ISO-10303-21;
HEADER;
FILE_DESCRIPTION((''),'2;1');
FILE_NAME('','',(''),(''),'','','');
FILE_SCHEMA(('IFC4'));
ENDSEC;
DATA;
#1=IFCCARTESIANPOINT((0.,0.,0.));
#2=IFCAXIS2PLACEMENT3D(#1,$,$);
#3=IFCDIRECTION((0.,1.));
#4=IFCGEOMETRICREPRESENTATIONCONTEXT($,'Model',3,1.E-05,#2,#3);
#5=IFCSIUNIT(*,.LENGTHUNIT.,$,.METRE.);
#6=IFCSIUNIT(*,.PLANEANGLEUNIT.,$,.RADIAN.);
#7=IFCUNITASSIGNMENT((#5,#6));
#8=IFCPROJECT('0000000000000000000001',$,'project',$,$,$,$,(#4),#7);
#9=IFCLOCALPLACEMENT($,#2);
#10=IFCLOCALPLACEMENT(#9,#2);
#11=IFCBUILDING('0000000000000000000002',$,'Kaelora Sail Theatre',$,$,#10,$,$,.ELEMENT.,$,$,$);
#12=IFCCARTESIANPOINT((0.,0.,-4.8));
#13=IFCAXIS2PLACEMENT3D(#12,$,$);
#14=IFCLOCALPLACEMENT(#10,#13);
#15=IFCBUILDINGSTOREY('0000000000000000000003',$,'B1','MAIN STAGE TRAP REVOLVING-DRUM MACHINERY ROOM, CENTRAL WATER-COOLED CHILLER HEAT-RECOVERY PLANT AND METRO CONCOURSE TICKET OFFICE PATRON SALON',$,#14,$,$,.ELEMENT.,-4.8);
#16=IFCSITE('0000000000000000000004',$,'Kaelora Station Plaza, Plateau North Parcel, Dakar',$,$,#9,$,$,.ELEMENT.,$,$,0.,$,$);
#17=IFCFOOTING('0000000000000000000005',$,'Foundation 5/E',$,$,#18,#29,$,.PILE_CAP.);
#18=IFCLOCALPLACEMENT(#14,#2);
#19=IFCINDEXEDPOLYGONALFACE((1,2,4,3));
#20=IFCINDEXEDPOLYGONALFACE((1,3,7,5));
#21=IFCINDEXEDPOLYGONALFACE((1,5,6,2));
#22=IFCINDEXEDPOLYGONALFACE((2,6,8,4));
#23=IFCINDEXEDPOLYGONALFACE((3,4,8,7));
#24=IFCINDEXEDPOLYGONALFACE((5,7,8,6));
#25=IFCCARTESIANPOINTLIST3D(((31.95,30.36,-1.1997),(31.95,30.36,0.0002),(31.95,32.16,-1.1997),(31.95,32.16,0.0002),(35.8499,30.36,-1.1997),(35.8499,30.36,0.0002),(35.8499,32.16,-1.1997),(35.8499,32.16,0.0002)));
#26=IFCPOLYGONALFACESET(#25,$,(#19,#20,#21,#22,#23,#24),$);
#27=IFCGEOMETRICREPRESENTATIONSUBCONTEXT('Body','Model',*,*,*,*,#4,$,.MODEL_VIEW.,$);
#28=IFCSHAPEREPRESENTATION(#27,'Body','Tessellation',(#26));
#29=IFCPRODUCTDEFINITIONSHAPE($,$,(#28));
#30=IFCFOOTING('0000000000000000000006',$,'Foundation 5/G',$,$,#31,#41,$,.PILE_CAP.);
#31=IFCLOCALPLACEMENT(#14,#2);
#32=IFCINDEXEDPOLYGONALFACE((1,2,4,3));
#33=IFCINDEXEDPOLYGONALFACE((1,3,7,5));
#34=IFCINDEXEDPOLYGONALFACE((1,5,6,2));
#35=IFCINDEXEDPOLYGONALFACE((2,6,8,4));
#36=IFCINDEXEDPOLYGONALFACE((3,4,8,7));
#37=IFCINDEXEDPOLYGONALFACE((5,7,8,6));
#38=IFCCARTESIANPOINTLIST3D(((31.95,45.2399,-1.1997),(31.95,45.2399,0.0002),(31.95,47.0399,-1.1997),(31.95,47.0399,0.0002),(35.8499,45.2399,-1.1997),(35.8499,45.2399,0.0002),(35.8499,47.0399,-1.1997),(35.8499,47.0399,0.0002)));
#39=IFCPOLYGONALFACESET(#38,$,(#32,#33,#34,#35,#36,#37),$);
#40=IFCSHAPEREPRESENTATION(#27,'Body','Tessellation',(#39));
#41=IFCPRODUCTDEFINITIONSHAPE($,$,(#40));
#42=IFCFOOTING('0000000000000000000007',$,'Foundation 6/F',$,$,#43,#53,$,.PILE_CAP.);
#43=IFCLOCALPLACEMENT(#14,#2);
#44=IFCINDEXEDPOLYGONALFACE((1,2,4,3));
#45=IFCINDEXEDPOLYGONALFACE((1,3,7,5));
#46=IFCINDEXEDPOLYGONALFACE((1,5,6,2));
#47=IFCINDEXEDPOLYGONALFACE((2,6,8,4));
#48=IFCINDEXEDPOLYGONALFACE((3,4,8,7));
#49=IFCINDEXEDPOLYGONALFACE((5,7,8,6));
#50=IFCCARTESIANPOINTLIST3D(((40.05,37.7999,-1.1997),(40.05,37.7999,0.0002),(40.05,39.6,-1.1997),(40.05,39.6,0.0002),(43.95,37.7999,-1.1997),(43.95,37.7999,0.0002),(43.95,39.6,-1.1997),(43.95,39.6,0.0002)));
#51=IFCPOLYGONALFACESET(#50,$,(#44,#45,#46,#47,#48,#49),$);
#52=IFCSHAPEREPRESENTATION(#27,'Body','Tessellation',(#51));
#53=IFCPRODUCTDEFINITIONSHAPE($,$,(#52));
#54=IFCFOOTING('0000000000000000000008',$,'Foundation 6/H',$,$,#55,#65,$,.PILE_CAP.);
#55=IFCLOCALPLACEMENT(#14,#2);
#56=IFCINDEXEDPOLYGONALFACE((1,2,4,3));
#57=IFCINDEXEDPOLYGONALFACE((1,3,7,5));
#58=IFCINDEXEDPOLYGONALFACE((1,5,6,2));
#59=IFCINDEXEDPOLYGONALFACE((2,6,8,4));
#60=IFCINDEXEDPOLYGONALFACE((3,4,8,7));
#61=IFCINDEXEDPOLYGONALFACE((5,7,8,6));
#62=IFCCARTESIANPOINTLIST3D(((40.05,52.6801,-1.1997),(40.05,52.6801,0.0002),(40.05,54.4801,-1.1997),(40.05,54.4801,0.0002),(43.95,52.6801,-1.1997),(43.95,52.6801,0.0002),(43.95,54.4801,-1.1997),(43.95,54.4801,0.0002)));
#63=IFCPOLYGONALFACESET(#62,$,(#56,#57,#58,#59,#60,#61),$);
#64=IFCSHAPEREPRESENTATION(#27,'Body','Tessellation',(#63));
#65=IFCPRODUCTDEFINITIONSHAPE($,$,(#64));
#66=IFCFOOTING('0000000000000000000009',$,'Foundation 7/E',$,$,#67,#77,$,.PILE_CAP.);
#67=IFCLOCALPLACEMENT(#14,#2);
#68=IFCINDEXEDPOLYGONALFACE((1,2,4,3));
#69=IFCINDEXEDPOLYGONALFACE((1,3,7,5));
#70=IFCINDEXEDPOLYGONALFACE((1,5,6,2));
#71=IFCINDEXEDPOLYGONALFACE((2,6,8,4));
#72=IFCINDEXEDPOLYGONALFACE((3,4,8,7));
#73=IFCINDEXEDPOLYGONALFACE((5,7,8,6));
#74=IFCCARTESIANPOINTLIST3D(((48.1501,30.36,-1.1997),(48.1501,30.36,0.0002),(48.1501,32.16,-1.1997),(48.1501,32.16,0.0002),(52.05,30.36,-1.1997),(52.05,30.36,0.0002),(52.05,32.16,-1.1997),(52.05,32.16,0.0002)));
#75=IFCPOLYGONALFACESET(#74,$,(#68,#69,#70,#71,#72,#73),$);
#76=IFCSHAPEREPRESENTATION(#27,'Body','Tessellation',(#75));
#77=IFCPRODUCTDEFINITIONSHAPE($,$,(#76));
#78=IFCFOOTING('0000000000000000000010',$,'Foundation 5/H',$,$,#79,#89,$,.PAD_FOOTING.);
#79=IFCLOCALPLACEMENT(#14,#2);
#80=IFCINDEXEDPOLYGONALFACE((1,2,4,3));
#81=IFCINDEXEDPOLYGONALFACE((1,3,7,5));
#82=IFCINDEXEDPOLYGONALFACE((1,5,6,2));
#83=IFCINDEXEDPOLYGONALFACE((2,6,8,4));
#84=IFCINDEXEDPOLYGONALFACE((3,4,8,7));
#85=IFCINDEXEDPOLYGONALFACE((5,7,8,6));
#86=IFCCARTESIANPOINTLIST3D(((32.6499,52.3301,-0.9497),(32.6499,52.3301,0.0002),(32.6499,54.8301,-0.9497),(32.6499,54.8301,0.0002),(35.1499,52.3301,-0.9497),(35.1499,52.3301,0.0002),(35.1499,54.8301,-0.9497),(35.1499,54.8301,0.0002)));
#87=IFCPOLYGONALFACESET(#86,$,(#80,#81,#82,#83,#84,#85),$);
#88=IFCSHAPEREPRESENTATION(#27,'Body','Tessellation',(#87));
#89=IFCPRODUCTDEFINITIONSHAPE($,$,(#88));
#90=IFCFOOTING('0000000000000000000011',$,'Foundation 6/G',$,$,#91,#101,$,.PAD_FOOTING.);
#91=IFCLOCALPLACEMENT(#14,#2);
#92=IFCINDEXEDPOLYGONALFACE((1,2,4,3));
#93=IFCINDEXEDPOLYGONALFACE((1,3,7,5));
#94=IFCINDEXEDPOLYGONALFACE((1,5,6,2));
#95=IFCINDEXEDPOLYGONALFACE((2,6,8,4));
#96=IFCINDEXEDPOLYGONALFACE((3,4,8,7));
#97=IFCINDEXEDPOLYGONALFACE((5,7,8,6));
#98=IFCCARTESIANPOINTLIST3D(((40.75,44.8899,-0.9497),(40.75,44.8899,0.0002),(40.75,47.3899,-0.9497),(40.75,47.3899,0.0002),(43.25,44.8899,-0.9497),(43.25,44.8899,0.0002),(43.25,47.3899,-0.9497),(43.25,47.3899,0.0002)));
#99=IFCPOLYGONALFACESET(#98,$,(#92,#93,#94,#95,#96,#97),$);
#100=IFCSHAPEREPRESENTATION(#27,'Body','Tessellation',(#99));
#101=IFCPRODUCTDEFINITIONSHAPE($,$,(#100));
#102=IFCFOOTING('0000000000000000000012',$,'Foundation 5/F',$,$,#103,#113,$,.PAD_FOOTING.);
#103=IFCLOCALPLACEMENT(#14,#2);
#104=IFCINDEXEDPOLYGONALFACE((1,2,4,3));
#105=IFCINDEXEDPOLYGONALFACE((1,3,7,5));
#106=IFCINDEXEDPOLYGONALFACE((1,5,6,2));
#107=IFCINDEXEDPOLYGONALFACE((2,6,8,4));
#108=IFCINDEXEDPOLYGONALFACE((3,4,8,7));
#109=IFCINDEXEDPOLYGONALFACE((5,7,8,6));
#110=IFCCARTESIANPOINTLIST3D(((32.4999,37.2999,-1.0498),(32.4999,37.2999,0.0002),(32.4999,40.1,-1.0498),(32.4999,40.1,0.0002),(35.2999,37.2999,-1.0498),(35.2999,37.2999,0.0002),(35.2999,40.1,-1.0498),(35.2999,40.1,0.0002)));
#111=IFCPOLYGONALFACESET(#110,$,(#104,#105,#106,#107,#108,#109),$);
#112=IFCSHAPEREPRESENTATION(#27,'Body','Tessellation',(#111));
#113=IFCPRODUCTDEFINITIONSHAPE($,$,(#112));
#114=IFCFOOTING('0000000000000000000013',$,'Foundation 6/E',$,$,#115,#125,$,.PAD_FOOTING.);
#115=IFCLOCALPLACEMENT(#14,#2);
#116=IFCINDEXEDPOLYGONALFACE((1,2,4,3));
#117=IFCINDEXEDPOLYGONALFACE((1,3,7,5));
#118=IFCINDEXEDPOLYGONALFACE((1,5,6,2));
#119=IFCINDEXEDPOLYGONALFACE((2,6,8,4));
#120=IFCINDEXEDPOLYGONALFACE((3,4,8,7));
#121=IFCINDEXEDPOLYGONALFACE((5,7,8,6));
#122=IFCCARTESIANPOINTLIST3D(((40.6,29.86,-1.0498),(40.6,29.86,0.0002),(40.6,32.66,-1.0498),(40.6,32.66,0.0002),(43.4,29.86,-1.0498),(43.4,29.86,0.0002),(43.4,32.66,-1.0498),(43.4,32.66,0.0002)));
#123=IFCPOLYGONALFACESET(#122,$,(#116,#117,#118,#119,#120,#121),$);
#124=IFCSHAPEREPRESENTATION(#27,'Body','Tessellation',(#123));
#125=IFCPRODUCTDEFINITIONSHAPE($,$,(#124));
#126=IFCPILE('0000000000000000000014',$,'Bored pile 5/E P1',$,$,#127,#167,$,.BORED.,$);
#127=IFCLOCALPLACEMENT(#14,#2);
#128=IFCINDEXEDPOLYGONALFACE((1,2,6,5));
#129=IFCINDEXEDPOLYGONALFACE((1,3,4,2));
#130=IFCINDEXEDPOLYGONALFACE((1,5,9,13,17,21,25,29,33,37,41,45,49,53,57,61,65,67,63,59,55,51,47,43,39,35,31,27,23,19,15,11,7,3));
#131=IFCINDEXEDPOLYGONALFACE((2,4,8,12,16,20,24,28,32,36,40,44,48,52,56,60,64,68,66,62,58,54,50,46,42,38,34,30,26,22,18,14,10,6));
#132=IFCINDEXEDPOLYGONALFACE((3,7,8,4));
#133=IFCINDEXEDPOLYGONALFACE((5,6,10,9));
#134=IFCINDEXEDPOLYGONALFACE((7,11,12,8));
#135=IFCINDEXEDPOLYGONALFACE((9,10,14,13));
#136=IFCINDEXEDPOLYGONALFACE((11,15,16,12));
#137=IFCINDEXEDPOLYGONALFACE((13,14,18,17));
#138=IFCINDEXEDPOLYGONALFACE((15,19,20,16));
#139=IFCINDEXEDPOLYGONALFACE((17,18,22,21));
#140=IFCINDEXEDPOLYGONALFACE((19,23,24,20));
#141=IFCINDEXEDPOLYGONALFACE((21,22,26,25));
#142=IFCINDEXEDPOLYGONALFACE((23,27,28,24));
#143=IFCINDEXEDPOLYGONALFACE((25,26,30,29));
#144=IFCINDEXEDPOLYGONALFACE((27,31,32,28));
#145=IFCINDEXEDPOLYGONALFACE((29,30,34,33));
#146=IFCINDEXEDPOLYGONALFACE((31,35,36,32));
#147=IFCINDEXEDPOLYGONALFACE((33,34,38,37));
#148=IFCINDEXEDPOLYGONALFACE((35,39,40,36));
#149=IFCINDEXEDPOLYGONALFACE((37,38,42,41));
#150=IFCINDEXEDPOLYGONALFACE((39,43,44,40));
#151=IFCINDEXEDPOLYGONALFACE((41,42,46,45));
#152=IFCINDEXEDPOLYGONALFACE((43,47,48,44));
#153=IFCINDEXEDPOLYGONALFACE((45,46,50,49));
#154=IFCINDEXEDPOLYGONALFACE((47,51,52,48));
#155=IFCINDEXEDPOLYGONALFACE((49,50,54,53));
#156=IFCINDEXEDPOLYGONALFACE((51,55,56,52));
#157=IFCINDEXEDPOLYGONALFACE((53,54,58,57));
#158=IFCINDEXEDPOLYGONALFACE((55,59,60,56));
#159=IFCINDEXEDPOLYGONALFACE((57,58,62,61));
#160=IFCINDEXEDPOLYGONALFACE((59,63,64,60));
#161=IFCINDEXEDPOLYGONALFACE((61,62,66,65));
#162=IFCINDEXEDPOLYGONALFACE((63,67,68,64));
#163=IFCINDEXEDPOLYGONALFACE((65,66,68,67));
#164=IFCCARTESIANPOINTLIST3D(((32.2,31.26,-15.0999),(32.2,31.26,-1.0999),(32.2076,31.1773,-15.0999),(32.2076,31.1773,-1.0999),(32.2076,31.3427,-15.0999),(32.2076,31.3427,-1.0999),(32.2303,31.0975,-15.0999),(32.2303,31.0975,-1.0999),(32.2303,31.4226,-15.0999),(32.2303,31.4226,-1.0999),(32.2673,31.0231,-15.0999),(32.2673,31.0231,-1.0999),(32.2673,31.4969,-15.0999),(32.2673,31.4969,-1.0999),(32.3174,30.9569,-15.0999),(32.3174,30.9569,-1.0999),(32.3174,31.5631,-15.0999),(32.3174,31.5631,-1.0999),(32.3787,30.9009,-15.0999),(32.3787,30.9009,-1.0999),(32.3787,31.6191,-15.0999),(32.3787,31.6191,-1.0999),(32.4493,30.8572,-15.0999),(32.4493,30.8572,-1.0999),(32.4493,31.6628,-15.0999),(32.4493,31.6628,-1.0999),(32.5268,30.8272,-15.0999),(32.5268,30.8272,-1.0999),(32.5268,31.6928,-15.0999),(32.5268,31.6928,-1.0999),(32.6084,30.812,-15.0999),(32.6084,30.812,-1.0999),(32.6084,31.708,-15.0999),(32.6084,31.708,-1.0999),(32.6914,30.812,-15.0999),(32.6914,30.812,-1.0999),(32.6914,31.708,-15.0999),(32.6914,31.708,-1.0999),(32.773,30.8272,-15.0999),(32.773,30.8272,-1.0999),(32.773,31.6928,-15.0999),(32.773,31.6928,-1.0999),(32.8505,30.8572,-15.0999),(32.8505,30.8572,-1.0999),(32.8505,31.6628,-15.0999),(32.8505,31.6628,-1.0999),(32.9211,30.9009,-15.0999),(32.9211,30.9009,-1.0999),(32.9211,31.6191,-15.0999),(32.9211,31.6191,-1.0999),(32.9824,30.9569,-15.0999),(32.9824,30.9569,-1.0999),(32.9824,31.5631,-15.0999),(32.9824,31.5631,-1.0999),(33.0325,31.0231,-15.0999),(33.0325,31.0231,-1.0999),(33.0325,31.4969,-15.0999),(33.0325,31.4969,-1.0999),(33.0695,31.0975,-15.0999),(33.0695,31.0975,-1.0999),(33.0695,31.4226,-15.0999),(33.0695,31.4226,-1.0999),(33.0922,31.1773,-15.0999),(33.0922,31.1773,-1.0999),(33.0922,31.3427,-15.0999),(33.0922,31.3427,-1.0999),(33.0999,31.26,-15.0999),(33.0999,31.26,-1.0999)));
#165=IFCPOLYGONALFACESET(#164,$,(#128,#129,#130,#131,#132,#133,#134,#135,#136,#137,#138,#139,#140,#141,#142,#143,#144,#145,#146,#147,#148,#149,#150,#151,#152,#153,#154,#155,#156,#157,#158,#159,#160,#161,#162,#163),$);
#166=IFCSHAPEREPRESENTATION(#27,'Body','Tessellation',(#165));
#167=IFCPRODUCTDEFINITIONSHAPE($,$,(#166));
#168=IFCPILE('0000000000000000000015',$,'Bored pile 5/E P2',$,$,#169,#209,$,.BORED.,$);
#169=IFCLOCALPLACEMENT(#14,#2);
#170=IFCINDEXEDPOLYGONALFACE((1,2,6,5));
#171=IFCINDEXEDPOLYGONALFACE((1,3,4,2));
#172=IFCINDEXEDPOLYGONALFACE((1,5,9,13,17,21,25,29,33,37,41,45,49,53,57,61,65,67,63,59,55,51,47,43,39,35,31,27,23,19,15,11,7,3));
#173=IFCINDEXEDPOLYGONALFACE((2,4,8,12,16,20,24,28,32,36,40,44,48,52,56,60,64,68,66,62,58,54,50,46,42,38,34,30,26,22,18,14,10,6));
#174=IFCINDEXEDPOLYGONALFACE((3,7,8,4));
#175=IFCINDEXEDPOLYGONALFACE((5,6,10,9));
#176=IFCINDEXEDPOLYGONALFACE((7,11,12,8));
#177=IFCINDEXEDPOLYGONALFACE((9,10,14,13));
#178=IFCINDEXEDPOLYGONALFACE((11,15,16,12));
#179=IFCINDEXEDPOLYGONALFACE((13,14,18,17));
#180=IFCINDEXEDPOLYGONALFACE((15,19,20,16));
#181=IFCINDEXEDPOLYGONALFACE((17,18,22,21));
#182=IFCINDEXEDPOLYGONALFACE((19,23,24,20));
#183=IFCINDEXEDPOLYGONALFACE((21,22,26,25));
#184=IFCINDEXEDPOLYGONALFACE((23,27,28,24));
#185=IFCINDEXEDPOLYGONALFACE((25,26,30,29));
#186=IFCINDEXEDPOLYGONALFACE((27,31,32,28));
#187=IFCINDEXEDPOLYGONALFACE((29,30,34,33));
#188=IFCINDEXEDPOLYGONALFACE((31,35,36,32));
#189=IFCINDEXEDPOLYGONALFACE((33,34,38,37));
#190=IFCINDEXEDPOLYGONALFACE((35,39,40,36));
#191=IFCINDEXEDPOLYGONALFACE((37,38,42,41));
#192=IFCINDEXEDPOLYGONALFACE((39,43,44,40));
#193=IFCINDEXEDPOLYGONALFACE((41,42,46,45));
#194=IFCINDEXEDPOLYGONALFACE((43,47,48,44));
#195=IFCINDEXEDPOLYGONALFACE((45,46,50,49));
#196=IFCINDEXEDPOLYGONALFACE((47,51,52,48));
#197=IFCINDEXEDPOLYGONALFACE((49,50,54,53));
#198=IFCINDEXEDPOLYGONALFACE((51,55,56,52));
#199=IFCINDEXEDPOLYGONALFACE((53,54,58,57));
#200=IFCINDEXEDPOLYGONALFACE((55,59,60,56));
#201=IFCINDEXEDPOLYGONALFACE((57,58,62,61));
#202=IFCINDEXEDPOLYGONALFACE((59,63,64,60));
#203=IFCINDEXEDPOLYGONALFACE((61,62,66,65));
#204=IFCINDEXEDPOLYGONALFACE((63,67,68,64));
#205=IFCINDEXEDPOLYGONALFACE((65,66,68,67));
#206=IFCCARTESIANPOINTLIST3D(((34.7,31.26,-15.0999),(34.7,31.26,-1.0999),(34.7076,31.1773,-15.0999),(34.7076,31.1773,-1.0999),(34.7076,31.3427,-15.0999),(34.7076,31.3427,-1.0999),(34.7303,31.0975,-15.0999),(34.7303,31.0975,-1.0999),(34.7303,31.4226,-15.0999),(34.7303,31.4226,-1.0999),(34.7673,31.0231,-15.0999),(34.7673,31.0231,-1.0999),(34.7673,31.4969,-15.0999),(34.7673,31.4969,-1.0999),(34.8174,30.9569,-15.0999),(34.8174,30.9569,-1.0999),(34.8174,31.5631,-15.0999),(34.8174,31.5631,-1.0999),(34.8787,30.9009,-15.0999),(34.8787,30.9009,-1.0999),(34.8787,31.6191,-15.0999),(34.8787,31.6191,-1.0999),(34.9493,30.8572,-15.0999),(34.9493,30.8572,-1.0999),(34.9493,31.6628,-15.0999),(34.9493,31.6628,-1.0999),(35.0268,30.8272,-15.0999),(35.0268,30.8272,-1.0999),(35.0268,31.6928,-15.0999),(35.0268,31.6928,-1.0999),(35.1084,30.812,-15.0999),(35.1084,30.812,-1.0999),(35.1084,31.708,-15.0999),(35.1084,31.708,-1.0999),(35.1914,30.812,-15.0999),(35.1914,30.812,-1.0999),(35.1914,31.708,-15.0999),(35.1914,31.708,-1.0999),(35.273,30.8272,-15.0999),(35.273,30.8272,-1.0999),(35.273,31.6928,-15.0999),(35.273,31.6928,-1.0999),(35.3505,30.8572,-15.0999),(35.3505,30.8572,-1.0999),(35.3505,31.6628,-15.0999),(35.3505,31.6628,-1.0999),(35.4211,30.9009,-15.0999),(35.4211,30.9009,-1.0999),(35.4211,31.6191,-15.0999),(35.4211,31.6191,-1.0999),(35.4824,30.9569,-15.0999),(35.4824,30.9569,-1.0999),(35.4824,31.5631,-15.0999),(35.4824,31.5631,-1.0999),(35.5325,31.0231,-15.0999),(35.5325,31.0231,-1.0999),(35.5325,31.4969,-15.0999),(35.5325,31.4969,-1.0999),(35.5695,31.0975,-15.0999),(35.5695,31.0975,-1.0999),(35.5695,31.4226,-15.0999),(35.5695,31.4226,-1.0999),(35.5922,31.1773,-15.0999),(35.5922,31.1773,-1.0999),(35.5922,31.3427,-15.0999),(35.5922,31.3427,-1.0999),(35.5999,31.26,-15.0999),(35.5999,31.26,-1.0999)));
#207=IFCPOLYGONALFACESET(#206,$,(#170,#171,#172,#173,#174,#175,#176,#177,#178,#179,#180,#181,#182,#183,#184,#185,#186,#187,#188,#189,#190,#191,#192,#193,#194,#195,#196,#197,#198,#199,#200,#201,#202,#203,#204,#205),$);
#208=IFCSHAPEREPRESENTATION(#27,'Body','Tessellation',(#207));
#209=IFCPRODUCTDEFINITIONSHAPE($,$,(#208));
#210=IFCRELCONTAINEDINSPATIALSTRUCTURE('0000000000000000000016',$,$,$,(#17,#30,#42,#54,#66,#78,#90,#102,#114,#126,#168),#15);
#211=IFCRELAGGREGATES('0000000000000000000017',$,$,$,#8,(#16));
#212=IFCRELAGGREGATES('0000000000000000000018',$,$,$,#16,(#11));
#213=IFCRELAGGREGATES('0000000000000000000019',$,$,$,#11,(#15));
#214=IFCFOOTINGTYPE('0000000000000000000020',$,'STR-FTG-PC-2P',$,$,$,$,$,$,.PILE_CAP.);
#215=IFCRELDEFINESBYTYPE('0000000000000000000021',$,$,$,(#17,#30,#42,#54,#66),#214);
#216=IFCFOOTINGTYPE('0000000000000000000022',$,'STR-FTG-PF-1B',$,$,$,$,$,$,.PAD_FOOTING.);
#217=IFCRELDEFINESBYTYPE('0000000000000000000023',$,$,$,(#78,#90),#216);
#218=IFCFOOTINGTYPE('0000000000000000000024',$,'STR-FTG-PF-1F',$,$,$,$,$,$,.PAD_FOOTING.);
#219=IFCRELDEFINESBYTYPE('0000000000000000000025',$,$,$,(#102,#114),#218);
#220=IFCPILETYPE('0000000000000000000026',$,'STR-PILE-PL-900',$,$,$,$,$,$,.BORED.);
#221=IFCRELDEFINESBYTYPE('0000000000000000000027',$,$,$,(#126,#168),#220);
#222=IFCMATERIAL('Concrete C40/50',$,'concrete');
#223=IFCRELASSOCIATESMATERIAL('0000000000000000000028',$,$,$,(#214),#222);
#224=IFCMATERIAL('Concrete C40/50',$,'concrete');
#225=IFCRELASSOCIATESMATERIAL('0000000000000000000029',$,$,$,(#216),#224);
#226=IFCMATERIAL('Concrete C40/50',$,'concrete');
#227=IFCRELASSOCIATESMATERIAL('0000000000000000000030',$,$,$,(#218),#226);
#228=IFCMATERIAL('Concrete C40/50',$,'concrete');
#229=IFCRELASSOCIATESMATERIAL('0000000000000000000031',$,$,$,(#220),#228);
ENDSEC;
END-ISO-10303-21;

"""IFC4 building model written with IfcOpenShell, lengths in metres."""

from ifc_helpers import new_model, si_unit, direction, frame, origin, origin_2d, place, context, subcontext, project, spatial, rectangle, circle, extrude, material, material_profile, profile_set, type_object, element, save


model = new_model("IFC4")

# Units and contexts
model_context = context("Model", 3, precision=1e-05, world=origin(), true_north=direction((0.0, 1.0)))
body_context = subcontext(model_context, "Body", "Model", "MODEL_VIEW")
ifc_project = project(units=[si_unit("LENGTHUNIT", "METRE"), si_unit("PLANEANGLEUNIT", "RADIAN")], contexts=[model_context])

# Site, building, storey
site_placement = place(None, origin())
site = spatial("IfcSite", under=ifc_project, at=site_placement, Name="Kaelora Station Plaza, Plateau North Parcel, Dakar", CompositionType="ELEMENT", RefElevation=0.0)
building_placement = place(site_placement, origin())
building = spatial("IfcBuilding", under=site, at=building_placement, Name="Kaelora Sail Theatre", CompositionType="ELEMENT")
storey_placement = place(building_placement, frame((0.0, 0.0, -4.8)))
storey = spatial("IfcBuildingStorey", under=building, at=storey_placement, Name="B1", Description="MAIN STAGE TRAP REVOLVING-DRUM MACHINERY ROOM, CENTRAL WATER-COOLED CHILLER HEAT-RECOVERY PLANT AND METRO CONCOURSE TICKET OFFICE PATRON SALON", CompositionType="ELEMENT", Elevation=-4.8)

# Footings
ifc_material_1 = material(Name="Concrete C40/50", Category="concrete")
footing_type_1 = type_object("IfcFootingType", Name="STR-FTG-PC-2P", PredefinedType="PILE_CAP", material=ifc_material_1)
for number, where, z_axis, x_axis, name in (
    (1, (33.8999, 31.26, -1.1997), (0.0, 0.0, 1.0), (1.0, 0.0, 0.0), "Foundation 5/E"),
    (2, (33.8999, 46.1399, -1.1997), (0.0, 0.0, 1.0), (1.0, 0.0, 0.0), "Foundation 5/G"),
    (3, (42.0, 38.7, -1.1997), (0.0, 0.0, 1.0), (1.0, 0.0, 0.0), "Foundation 6/F"),
    (4, (42.0, 53.5801, -1.1997), (0.0, 0.0, 1.0), (1.0, 0.0, 0.0), "Foundation 6/H"),
    (5, (50.1001, 31.26, -1.1997), (0.0, 0.0, 1.0), (1.0, 0.0, 0.0), "Foundation 7/E"),
):
    element("IfcFooting", number, at=place(storey_placement, frame(where, z_axis=z_axis, x_axis=x_axis)), inside=storey, type_object=footing_type_1, Name=name, PredefinedType="PILE_CAP", context=body_context, shape_type="SweptSolid", body=[
        extrude(rectangle(XDim=3.8999, YDim=1.8, at=origin_2d()), origin(), (0.0, 0.0, 1.0), 1.2),
    ])
ifc_material_2 = material(Name="Concrete C40/50", Category="concrete")
footing_type_2 = type_object("IfcFootingType", Name="STR-FTG-PF-1B", PredefinedType="PAD_FOOTING", material=ifc_material_2)
for number, where, z_axis, x_axis, name in (
    (6, (33.8999, 53.5801, -0.9497), (0.0, 0.0, 1.0), (1.0, 0.0, 0.0), "Foundation 5/H"),
    (7, (42.0, 46.1399, -0.9497), (0.0, 0.0, 1.0), (1.0, 0.0, 0.0), "Foundation 6/G"),
):
    element("IfcFooting", number, at=place(storey_placement, frame(where, z_axis=z_axis, x_axis=x_axis)), inside=storey, type_object=footing_type_2, Name=name, PredefinedType="PAD_FOOTING", context=body_context, shape_type="SweptSolid", body=[
        extrude(rectangle(XDim=2.5, YDim=2.5, at=origin_2d()), origin(), (0.0, 0.0, 1.0), 0.95),
    ])
ifc_material_3 = material(Name="Concrete C40/50", Category="concrete")
footing_type_3 = type_object("IfcFootingType", Name="STR-FTG-PF-1F", PredefinedType="PAD_FOOTING", material=ifc_material_3)
for number, where, z_axis, x_axis, name in (
    (8, (33.8999, 38.7, -1.0498), (0.0, 0.0, 1.0), (1.0, 0.0, 0.0), "Foundation 5/F"),
    (9, (42.0, 31.26, -1.0498), (0.0, 0.0, 1.0), (1.0, 0.0, 0.0), "Foundation 6/E"),
):
    element("IfcFooting", number, at=place(storey_placement, frame(where, z_axis=z_axis, x_axis=x_axis)), inside=storey, type_object=footing_type_3, Name=name, PredefinedType="PAD_FOOTING", context=body_context, shape_type="SweptSolid", body=[
        extrude(rectangle(XDim=2.8, YDim=2.8, at=origin_2d()), origin(), (0.0, 0.0, 1.0), 1.05),
    ])

# Piles
ifc_material_4 = material(Name="Concrete C40/50", Category="concrete")
ifc_material_profile_1 = material_profile(ifc_material_4, circle(Radius=0.45, at=origin_2d()), Name="PILE D900")
ifc_profile_set_1 = profile_set([ifc_material_profile_1], Name="Concrete C40/50")
pile_type = type_object("IfcPileType", Name="STR-PILE-PL-900", PredefinedType="BORED", material=ifc_profile_set_1)
for number, where, z_axis, x_axis, name in (
    (10, (32.6499, 31.26, -1.0999), (0.0, 0.0, -1.0), (1.0, 0.0, 0.0), "Bored pile 5/E P1"),
    (11, (35.1499, 31.26, -1.0999), (0.0, 0.0, -1.0), (1.0, 0.0, 0.0), "Bored pile 5/E P2"),
):
    element("IfcPile", number, at=place(storey_placement, frame(where, z_axis=z_axis, x_axis=x_axis)), inside=storey, type_object=pile_type, Name=name, PredefinedType="BORED", context=body_context, shape_type="SweptSolid", body=[
        extrude(circle(Radius=0.45, at=origin_2d()), origin(), (0.0, 0.0, 1.0), 14.0),
    ])

save(model, "model.ifc")
